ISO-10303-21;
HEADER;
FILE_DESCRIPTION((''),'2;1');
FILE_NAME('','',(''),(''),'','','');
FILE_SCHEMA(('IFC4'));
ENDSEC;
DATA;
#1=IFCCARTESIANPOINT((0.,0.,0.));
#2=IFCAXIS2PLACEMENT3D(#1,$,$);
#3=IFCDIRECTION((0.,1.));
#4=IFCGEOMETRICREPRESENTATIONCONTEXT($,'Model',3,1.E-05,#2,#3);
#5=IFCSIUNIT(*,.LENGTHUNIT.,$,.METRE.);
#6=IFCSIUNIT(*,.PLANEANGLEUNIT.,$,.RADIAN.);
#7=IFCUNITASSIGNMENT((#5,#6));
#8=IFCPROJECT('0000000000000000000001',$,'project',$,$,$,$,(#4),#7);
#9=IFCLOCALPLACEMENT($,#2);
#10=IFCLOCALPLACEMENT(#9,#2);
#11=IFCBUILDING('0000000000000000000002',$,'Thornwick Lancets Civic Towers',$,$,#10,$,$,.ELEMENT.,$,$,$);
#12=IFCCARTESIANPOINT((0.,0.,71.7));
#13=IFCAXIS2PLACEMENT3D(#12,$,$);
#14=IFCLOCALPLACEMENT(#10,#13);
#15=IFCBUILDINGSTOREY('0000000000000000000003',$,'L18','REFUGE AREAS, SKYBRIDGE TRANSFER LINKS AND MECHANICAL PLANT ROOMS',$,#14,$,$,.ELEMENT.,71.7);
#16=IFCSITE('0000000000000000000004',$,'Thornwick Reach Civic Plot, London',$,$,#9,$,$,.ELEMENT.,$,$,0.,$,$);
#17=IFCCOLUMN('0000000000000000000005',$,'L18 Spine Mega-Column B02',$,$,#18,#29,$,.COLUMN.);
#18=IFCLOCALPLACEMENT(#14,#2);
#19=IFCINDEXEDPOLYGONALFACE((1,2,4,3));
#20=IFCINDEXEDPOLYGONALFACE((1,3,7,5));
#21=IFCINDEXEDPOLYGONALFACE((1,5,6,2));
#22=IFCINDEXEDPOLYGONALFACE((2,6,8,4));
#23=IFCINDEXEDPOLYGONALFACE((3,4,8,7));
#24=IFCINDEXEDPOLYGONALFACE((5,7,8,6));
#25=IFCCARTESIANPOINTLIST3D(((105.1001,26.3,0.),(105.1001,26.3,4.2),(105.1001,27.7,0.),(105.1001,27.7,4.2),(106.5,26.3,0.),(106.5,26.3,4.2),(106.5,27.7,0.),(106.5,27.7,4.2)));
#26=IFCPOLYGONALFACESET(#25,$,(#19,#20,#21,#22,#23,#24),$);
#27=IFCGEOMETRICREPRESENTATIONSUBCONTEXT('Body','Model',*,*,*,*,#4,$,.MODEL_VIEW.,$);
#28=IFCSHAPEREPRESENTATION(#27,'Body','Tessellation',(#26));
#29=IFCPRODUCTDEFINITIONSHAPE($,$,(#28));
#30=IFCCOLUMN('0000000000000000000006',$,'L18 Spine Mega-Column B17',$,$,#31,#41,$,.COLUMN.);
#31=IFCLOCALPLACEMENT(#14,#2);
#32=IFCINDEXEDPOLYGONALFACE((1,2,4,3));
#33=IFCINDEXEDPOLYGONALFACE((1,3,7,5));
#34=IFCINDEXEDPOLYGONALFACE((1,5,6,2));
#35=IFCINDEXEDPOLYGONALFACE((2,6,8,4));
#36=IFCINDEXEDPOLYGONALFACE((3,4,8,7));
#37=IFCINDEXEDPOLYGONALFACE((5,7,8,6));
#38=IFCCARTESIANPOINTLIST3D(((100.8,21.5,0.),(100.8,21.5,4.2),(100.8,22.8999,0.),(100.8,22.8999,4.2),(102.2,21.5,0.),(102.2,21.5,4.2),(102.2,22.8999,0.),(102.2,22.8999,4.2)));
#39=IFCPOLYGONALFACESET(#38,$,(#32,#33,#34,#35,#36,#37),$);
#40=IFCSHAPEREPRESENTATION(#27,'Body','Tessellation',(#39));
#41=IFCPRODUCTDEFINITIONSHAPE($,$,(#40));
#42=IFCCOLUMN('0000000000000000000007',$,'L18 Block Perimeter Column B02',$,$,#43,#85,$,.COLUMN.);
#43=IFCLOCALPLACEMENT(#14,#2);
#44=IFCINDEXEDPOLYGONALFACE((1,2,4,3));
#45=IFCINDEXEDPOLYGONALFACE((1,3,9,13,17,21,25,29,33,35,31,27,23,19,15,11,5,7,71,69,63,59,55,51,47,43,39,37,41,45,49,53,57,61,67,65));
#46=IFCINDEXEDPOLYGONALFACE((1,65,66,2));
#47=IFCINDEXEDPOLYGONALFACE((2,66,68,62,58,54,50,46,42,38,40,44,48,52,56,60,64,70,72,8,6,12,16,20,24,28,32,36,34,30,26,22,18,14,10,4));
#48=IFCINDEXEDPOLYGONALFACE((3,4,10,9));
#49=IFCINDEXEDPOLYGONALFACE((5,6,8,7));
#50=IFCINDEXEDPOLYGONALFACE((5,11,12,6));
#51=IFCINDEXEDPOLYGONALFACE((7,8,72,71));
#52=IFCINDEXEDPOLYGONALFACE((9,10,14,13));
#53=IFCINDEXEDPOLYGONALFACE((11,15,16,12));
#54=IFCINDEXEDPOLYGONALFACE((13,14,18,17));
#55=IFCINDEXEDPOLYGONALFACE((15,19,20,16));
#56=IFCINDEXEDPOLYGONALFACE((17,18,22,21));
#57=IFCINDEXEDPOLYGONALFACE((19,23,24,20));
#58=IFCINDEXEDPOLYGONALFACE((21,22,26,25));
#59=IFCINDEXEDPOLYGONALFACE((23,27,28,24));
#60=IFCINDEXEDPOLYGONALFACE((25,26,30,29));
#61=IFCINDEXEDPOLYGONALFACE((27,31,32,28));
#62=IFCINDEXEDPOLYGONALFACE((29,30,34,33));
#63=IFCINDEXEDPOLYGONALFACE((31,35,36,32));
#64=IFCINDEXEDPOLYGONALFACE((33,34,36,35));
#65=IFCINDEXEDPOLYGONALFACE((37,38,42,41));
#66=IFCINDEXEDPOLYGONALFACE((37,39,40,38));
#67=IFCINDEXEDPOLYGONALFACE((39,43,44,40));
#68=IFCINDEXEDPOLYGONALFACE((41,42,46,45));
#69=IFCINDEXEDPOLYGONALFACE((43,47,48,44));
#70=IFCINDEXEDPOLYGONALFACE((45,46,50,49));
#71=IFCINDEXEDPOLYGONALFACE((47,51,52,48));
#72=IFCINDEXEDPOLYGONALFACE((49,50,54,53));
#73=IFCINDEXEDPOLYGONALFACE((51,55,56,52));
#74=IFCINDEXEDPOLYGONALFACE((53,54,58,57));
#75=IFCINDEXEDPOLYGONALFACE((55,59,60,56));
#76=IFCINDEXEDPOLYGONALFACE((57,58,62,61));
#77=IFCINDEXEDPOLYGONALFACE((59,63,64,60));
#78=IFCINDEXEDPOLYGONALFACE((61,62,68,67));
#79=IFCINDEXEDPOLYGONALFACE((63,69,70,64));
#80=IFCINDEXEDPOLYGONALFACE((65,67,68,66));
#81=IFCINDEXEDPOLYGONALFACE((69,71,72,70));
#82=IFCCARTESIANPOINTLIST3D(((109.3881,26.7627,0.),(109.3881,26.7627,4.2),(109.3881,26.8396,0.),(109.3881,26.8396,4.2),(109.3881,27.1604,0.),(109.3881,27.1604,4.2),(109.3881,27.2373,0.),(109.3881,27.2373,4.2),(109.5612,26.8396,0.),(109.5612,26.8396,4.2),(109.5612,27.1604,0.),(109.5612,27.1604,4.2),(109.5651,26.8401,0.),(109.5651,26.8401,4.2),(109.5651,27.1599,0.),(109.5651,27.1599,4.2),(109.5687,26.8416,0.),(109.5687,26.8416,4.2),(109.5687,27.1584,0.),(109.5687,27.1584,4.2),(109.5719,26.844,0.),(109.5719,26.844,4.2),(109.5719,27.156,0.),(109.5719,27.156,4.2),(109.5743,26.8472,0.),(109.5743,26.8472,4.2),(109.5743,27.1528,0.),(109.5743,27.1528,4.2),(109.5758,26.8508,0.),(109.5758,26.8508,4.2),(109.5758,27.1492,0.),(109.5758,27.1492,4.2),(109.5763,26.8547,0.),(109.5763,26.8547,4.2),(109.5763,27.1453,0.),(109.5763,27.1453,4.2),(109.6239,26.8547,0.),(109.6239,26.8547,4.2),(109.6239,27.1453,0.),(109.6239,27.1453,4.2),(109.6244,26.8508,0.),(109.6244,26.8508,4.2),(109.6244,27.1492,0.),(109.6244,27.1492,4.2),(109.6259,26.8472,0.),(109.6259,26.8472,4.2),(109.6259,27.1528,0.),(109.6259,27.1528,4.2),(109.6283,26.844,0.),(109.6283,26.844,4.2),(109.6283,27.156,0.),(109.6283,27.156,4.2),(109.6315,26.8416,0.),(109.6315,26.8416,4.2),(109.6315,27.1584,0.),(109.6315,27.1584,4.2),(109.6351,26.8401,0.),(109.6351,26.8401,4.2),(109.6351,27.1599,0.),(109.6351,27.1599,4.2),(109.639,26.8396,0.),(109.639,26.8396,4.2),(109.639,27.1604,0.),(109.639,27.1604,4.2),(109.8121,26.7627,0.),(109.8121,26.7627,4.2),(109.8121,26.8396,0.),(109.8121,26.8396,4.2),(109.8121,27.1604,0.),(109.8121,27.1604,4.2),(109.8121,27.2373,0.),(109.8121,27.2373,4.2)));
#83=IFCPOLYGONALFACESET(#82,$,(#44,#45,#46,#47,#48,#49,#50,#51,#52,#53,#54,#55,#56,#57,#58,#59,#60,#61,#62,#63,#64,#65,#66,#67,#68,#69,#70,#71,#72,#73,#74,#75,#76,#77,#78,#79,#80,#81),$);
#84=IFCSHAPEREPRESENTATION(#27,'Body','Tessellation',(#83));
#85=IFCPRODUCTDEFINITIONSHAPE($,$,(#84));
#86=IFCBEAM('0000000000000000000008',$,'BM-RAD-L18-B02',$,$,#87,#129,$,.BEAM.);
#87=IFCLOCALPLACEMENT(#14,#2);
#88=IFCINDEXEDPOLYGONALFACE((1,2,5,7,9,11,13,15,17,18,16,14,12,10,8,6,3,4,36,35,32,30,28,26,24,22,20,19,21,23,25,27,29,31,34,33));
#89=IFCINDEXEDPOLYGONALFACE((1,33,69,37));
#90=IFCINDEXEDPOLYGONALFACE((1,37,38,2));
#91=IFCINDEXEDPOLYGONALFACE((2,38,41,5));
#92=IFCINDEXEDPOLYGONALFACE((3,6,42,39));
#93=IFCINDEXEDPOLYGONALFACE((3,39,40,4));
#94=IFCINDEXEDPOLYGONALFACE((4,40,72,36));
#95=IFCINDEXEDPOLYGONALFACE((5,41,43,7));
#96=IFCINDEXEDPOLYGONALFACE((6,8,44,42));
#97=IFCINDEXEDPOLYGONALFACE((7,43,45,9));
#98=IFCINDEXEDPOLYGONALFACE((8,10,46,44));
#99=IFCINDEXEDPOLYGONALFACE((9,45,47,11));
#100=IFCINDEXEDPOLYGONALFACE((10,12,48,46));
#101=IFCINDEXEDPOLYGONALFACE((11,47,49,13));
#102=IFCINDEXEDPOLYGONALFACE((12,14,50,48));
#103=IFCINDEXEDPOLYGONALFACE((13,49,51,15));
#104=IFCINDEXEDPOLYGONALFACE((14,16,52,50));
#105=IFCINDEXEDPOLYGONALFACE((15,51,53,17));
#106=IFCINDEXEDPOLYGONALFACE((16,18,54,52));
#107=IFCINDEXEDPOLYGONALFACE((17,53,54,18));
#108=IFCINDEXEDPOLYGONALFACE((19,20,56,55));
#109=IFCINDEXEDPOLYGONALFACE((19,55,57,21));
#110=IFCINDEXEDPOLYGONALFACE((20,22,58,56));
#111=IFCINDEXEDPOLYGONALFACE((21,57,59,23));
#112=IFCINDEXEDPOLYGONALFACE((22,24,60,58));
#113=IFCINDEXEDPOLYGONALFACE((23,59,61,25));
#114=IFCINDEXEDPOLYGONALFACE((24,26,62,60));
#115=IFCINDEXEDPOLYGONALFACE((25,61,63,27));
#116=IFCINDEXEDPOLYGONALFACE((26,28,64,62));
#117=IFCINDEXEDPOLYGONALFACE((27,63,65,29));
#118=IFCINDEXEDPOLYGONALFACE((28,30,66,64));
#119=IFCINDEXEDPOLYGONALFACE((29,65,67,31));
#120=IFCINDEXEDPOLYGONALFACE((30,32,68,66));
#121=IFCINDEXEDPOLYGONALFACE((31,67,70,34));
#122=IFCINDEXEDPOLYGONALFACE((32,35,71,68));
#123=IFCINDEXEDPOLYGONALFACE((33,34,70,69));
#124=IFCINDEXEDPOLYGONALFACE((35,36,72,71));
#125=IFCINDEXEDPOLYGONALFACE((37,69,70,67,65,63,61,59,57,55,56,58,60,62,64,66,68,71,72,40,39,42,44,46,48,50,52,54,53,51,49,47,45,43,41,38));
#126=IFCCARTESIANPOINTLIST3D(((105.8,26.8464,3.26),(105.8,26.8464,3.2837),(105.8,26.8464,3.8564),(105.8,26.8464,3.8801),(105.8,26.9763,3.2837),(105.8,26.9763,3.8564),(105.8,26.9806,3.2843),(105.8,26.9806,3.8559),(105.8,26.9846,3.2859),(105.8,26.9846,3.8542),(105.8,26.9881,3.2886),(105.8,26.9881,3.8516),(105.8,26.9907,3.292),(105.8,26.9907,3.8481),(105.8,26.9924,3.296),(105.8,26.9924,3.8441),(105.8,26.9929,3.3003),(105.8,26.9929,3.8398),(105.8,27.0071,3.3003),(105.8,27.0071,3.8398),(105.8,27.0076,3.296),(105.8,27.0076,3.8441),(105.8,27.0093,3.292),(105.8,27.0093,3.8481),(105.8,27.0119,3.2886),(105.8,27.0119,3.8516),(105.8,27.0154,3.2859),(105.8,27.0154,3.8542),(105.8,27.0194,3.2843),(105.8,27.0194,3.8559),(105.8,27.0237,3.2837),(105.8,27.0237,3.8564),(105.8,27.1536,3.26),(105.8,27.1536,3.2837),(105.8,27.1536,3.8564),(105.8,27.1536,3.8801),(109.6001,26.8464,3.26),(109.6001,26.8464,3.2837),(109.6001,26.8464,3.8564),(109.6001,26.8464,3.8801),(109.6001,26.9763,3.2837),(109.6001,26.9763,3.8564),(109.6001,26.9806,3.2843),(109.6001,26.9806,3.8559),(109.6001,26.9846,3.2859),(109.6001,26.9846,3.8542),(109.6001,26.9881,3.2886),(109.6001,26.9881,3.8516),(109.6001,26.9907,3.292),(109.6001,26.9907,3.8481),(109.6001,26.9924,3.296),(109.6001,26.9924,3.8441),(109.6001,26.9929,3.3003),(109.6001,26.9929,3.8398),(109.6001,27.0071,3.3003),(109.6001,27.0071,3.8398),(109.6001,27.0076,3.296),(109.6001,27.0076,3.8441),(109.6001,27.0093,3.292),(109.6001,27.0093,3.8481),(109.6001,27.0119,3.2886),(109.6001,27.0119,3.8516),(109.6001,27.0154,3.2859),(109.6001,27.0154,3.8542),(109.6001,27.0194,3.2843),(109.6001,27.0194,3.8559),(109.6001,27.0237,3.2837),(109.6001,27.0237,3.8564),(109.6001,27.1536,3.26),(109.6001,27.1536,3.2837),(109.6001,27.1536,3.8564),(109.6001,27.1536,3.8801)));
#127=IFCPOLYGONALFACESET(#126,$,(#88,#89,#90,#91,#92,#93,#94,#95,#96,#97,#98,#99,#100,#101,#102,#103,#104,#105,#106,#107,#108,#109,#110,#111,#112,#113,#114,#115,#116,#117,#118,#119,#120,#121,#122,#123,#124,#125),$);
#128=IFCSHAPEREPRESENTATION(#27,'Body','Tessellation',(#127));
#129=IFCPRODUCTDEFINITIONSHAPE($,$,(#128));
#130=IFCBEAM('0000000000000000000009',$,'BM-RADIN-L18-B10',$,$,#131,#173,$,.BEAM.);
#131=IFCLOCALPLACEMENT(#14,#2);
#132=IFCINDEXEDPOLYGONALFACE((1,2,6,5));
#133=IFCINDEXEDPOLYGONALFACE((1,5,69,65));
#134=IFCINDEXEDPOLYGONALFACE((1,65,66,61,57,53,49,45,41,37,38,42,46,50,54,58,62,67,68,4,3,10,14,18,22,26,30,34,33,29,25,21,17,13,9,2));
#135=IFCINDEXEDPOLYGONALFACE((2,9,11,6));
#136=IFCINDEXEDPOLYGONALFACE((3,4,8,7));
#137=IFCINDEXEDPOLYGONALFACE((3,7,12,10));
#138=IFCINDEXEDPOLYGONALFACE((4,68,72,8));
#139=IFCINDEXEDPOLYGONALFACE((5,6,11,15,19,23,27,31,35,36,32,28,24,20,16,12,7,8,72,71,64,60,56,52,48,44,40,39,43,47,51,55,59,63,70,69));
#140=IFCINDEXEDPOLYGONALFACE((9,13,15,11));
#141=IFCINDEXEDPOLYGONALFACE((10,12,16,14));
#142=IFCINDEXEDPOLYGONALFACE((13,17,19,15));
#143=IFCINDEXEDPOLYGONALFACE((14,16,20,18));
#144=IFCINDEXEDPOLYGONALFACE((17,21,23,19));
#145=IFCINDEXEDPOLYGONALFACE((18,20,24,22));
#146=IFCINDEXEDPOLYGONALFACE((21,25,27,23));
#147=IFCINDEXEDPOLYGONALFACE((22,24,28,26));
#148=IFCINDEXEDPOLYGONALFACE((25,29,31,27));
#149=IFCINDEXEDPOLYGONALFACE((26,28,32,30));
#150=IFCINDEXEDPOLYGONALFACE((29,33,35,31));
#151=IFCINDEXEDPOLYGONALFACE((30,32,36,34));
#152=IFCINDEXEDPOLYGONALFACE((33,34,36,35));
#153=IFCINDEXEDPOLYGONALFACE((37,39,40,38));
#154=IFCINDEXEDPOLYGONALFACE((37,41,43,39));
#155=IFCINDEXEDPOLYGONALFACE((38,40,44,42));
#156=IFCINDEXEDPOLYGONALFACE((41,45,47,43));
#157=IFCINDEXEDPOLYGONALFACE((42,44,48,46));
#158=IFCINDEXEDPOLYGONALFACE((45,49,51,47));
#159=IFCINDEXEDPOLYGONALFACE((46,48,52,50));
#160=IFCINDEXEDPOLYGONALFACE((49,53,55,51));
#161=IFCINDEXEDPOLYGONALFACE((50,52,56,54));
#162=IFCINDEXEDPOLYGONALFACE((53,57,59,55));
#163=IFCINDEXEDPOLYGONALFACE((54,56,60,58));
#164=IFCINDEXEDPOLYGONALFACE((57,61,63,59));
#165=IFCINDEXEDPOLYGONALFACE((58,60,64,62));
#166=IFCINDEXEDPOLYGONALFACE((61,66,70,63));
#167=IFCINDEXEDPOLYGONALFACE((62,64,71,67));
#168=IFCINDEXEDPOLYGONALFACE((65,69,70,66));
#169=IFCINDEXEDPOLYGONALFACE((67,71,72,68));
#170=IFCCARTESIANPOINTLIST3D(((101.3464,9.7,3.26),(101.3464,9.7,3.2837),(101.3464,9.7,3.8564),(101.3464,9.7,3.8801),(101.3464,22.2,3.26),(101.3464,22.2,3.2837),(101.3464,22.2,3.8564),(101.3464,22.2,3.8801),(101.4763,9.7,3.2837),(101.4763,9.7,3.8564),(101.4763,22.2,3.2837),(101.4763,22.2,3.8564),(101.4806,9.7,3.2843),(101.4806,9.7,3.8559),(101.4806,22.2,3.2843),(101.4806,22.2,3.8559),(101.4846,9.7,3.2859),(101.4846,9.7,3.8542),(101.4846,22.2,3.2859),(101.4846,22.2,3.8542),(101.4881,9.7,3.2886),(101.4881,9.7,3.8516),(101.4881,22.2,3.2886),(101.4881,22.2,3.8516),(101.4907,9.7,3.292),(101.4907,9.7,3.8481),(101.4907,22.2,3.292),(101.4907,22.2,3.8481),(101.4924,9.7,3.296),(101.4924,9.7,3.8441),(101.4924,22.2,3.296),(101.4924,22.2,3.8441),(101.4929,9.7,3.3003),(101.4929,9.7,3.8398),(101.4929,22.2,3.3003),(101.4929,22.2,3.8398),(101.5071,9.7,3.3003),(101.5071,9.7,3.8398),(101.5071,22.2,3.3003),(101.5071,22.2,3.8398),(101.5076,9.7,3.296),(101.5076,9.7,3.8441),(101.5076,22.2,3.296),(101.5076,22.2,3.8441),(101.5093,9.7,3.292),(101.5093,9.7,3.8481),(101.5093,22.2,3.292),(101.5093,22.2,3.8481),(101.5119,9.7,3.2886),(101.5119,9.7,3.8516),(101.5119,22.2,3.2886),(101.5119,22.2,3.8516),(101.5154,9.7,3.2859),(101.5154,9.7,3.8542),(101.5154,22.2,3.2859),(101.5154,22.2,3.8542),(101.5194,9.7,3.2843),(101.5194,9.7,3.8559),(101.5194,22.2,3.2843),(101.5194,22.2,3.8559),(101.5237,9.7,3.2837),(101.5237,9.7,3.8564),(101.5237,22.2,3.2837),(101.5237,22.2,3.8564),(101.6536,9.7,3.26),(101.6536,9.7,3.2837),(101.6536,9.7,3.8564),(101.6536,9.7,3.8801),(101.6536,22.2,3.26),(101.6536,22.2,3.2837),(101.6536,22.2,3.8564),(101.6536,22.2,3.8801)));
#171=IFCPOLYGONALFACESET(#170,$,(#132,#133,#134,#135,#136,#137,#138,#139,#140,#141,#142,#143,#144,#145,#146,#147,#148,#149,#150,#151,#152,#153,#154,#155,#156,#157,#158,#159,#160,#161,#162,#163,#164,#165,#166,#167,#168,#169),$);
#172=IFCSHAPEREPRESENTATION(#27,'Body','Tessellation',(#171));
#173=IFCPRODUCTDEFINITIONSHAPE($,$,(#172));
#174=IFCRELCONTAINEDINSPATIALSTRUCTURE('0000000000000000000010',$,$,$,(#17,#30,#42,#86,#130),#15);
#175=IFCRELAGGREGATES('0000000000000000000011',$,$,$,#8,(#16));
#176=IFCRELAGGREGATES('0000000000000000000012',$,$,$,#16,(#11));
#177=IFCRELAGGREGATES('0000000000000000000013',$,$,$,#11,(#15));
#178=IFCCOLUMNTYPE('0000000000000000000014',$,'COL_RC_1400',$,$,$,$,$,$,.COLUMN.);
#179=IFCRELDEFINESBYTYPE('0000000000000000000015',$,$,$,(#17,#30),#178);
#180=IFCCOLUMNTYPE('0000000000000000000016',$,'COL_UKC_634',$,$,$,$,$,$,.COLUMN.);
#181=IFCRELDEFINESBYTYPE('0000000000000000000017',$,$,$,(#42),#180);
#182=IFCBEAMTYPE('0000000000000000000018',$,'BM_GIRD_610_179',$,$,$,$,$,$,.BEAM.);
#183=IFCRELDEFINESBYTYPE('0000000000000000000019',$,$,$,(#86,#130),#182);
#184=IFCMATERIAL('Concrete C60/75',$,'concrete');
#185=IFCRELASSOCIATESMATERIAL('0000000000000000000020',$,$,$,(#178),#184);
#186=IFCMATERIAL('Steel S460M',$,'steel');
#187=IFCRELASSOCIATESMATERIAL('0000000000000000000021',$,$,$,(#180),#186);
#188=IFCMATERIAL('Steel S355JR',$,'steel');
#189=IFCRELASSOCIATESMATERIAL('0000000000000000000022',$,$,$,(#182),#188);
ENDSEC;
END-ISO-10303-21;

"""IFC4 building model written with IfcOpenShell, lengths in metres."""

from ifc_helpers import new_model, si_unit, direction, frame, origin, origin_2d, place, context, subcontext, project, spatial, rectangle, i_section, extrude, material, material_profile, profile_set, type_object, element, save


model = new_model("IFC4")

# Units and contexts
model_context = context("Model", 3, precision=1e-05, world=origin(), true_north=direction((0.0, 1.0)))
body_context = subcontext(model_context, "Body", "Model", "MODEL_VIEW")
ifc_project = project(units=[si_unit("LENGTHUNIT", "METRE"), si_unit("PLANEANGLEUNIT", "RADIAN")], contexts=[model_context])

# Site, building, storey
site_placement = place(None, origin())
site = spatial("IfcSite", under=ifc_project, at=site_placement, Name="Thornwick Reach Civic Plot, London", CompositionType="ELEMENT", RefElevation=0.0)
building_placement = place(site_placement, origin())
building = spatial("IfcBuilding", under=site, at=building_placement, Name="Thornwick Lancets Civic Towers", CompositionType="ELEMENT")
storey_placement = place(building_placement, frame((0.0, 0.0, 71.7)))
storey = spatial("IfcBuildingStorey", under=building, at=storey_placement, Name="L18", Description="REFUGE AREAS, SKYBRIDGE TRANSFER LINKS AND MECHANICAL PLANT ROOMS", CompositionType="ELEMENT", Elevation=71.7)

# Columns
ifc_material_1 = material(Name="Concrete C60/75", Category="concrete")
ifc_material_profile_1 = material_profile(ifc_material_1, rectangle(XDim=1.3999, YDim=1.3999, at=origin_2d()), Name="RC 1400x1400")
ifc_profile_set_1 = profile_set([ifc_material_profile_1], Name="Concrete C60/75")
column_type_1 = type_object("IfcColumnType", Name="COL_RC_1400", PredefinedType="COLUMN", material=ifc_profile_set_1)
for number, where, z_axis, x_axis, name in (
    (1, (105.8, 27.0, 0.0), (0.0, 0.0, 1.0), (1.0, 0.0, 0.0), "L18 Spine Mega-Column B02"),
    (2, (101.5, 22.2, 0.0), (0.0, 0.0, 1.0), (1.0, 0.0, 0.0), "L18 Spine Mega-Column B17"),
):
    element("IfcColumn", number, at=place(storey_placement, frame(where, z_axis=z_axis, x_axis=x_axis)), inside=storey, type_object=column_type_1, Name=name, PredefinedType="COLUMN", context=body_context, shape_type="SweptSolid", body=[
        extrude(rectangle(XDim=1.3999, YDim=1.3999, at=origin_2d()), origin(), (0.0, 0.0, 1.0), 4.2),
    ])
ifc_material_2 = material(Name="Steel S460M", Category="steel")
ifc_material_profile_2 = material_profile(ifc_material_2, i_section(OverallWidth=0.4241, OverallDepth=0.4746, WebThickness=0.0476, FlangeThickness=0.0769, FilletRadius=0.0151, at=origin_2d()), Name="UKC 356x406x634")
ifc_profile_set_2 = profile_set([ifc_material_profile_2], Name="Steel S460M")
column_type_2 = type_object("IfcColumnType", Name="COL_UKC_634", PredefinedType="COLUMN", material=ifc_profile_set_2)
column_placement = place(storey_placement, frame((109.6001, 27.0, 0.0), z_axis=(0.0, 0.0, 1.0), x_axis=(1.0, 0.0, 0.0)))
element("IfcColumn", 3, at=column_placement, inside=storey, type_object=column_type_2, Name="L18 Block Perimeter Column B02", PredefinedType="COLUMN", context=body_context, shape_type="SweptSolid", body=[
    extrude(i_section(OverallWidth=0.4241, OverallDepth=0.4746, WebThickness=0.0476, FlangeThickness=0.0769, FilletRadius=0.0151, at=origin_2d()), origin(), (0.0, 0.0, 1.0), 4.2),
])

# Beams
ifc_material_3 = material(Name="Steel S355JR", Category="steel")
ifc_material_profile_3 = material_profile(ifc_material_3, i_section(OverallWidth=0.3071, OverallDepth=0.6201, WebThickness=0.0142, FlangeThickness=0.0237, FilletRadius=0.0166, at=origin_2d()), Name="UKB 610x305x179")
ifc_profile_set_3 = profile_set([ifc_material_profile_3], Name="Steel S355JR")
beam_type_1 = type_object("IfcBeamType", Name="BM_GIRD_610_179", PredefinedType="BEAM", material=ifc_profile_set_3)
beam_1_placement = place(storey_placement, frame((105.8, 27.0, 3.5701), z_axis=(1.0, 0.0, 0.0), x_axis=(0.0, 1.0, 0.0)))
element("IfcBeam", 4, at=beam_1_placement, inside=storey, type_object=beam_type_1, Name="BM-RAD-L18-B02", PredefinedType="BEAM", context=body_context, shape_type="SweptSolid", body=[
    extrude(i_section(OverallWidth=0.3071, OverallDepth=0.6201, WebThickness=0.0142, FlangeThickness=0.0237, FilletRadius=0.0166, at=origin_2d()), origin(), (0.0, 0.0, 1.0), 3.8),
])
beam_2_placement = place(storey_placement, frame((101.5, 22.2, 3.5701), z_axis=(0.0, -1.0, 0.0), x_axis=(1.0, 0.0, 0.0)))
element("IfcBeam", 5, at=beam_2_placement, inside=storey, type_object=beam_type_1, Name="BM-RADIN-L18-B10", PredefinedType="BEAM", context=body_context, shape_type="SweptSolid", body=[
    extrude(i_section(OverallWidth=0.3071, OverallDepth=0.6201, WebThickness=0.0142, FlangeThickness=0.0237, FilletRadius=0.0166, at=origin_2d()), origin(), (0.0, 0.0, 1.0), 12.5),
])

save(model, "model.ifc")
